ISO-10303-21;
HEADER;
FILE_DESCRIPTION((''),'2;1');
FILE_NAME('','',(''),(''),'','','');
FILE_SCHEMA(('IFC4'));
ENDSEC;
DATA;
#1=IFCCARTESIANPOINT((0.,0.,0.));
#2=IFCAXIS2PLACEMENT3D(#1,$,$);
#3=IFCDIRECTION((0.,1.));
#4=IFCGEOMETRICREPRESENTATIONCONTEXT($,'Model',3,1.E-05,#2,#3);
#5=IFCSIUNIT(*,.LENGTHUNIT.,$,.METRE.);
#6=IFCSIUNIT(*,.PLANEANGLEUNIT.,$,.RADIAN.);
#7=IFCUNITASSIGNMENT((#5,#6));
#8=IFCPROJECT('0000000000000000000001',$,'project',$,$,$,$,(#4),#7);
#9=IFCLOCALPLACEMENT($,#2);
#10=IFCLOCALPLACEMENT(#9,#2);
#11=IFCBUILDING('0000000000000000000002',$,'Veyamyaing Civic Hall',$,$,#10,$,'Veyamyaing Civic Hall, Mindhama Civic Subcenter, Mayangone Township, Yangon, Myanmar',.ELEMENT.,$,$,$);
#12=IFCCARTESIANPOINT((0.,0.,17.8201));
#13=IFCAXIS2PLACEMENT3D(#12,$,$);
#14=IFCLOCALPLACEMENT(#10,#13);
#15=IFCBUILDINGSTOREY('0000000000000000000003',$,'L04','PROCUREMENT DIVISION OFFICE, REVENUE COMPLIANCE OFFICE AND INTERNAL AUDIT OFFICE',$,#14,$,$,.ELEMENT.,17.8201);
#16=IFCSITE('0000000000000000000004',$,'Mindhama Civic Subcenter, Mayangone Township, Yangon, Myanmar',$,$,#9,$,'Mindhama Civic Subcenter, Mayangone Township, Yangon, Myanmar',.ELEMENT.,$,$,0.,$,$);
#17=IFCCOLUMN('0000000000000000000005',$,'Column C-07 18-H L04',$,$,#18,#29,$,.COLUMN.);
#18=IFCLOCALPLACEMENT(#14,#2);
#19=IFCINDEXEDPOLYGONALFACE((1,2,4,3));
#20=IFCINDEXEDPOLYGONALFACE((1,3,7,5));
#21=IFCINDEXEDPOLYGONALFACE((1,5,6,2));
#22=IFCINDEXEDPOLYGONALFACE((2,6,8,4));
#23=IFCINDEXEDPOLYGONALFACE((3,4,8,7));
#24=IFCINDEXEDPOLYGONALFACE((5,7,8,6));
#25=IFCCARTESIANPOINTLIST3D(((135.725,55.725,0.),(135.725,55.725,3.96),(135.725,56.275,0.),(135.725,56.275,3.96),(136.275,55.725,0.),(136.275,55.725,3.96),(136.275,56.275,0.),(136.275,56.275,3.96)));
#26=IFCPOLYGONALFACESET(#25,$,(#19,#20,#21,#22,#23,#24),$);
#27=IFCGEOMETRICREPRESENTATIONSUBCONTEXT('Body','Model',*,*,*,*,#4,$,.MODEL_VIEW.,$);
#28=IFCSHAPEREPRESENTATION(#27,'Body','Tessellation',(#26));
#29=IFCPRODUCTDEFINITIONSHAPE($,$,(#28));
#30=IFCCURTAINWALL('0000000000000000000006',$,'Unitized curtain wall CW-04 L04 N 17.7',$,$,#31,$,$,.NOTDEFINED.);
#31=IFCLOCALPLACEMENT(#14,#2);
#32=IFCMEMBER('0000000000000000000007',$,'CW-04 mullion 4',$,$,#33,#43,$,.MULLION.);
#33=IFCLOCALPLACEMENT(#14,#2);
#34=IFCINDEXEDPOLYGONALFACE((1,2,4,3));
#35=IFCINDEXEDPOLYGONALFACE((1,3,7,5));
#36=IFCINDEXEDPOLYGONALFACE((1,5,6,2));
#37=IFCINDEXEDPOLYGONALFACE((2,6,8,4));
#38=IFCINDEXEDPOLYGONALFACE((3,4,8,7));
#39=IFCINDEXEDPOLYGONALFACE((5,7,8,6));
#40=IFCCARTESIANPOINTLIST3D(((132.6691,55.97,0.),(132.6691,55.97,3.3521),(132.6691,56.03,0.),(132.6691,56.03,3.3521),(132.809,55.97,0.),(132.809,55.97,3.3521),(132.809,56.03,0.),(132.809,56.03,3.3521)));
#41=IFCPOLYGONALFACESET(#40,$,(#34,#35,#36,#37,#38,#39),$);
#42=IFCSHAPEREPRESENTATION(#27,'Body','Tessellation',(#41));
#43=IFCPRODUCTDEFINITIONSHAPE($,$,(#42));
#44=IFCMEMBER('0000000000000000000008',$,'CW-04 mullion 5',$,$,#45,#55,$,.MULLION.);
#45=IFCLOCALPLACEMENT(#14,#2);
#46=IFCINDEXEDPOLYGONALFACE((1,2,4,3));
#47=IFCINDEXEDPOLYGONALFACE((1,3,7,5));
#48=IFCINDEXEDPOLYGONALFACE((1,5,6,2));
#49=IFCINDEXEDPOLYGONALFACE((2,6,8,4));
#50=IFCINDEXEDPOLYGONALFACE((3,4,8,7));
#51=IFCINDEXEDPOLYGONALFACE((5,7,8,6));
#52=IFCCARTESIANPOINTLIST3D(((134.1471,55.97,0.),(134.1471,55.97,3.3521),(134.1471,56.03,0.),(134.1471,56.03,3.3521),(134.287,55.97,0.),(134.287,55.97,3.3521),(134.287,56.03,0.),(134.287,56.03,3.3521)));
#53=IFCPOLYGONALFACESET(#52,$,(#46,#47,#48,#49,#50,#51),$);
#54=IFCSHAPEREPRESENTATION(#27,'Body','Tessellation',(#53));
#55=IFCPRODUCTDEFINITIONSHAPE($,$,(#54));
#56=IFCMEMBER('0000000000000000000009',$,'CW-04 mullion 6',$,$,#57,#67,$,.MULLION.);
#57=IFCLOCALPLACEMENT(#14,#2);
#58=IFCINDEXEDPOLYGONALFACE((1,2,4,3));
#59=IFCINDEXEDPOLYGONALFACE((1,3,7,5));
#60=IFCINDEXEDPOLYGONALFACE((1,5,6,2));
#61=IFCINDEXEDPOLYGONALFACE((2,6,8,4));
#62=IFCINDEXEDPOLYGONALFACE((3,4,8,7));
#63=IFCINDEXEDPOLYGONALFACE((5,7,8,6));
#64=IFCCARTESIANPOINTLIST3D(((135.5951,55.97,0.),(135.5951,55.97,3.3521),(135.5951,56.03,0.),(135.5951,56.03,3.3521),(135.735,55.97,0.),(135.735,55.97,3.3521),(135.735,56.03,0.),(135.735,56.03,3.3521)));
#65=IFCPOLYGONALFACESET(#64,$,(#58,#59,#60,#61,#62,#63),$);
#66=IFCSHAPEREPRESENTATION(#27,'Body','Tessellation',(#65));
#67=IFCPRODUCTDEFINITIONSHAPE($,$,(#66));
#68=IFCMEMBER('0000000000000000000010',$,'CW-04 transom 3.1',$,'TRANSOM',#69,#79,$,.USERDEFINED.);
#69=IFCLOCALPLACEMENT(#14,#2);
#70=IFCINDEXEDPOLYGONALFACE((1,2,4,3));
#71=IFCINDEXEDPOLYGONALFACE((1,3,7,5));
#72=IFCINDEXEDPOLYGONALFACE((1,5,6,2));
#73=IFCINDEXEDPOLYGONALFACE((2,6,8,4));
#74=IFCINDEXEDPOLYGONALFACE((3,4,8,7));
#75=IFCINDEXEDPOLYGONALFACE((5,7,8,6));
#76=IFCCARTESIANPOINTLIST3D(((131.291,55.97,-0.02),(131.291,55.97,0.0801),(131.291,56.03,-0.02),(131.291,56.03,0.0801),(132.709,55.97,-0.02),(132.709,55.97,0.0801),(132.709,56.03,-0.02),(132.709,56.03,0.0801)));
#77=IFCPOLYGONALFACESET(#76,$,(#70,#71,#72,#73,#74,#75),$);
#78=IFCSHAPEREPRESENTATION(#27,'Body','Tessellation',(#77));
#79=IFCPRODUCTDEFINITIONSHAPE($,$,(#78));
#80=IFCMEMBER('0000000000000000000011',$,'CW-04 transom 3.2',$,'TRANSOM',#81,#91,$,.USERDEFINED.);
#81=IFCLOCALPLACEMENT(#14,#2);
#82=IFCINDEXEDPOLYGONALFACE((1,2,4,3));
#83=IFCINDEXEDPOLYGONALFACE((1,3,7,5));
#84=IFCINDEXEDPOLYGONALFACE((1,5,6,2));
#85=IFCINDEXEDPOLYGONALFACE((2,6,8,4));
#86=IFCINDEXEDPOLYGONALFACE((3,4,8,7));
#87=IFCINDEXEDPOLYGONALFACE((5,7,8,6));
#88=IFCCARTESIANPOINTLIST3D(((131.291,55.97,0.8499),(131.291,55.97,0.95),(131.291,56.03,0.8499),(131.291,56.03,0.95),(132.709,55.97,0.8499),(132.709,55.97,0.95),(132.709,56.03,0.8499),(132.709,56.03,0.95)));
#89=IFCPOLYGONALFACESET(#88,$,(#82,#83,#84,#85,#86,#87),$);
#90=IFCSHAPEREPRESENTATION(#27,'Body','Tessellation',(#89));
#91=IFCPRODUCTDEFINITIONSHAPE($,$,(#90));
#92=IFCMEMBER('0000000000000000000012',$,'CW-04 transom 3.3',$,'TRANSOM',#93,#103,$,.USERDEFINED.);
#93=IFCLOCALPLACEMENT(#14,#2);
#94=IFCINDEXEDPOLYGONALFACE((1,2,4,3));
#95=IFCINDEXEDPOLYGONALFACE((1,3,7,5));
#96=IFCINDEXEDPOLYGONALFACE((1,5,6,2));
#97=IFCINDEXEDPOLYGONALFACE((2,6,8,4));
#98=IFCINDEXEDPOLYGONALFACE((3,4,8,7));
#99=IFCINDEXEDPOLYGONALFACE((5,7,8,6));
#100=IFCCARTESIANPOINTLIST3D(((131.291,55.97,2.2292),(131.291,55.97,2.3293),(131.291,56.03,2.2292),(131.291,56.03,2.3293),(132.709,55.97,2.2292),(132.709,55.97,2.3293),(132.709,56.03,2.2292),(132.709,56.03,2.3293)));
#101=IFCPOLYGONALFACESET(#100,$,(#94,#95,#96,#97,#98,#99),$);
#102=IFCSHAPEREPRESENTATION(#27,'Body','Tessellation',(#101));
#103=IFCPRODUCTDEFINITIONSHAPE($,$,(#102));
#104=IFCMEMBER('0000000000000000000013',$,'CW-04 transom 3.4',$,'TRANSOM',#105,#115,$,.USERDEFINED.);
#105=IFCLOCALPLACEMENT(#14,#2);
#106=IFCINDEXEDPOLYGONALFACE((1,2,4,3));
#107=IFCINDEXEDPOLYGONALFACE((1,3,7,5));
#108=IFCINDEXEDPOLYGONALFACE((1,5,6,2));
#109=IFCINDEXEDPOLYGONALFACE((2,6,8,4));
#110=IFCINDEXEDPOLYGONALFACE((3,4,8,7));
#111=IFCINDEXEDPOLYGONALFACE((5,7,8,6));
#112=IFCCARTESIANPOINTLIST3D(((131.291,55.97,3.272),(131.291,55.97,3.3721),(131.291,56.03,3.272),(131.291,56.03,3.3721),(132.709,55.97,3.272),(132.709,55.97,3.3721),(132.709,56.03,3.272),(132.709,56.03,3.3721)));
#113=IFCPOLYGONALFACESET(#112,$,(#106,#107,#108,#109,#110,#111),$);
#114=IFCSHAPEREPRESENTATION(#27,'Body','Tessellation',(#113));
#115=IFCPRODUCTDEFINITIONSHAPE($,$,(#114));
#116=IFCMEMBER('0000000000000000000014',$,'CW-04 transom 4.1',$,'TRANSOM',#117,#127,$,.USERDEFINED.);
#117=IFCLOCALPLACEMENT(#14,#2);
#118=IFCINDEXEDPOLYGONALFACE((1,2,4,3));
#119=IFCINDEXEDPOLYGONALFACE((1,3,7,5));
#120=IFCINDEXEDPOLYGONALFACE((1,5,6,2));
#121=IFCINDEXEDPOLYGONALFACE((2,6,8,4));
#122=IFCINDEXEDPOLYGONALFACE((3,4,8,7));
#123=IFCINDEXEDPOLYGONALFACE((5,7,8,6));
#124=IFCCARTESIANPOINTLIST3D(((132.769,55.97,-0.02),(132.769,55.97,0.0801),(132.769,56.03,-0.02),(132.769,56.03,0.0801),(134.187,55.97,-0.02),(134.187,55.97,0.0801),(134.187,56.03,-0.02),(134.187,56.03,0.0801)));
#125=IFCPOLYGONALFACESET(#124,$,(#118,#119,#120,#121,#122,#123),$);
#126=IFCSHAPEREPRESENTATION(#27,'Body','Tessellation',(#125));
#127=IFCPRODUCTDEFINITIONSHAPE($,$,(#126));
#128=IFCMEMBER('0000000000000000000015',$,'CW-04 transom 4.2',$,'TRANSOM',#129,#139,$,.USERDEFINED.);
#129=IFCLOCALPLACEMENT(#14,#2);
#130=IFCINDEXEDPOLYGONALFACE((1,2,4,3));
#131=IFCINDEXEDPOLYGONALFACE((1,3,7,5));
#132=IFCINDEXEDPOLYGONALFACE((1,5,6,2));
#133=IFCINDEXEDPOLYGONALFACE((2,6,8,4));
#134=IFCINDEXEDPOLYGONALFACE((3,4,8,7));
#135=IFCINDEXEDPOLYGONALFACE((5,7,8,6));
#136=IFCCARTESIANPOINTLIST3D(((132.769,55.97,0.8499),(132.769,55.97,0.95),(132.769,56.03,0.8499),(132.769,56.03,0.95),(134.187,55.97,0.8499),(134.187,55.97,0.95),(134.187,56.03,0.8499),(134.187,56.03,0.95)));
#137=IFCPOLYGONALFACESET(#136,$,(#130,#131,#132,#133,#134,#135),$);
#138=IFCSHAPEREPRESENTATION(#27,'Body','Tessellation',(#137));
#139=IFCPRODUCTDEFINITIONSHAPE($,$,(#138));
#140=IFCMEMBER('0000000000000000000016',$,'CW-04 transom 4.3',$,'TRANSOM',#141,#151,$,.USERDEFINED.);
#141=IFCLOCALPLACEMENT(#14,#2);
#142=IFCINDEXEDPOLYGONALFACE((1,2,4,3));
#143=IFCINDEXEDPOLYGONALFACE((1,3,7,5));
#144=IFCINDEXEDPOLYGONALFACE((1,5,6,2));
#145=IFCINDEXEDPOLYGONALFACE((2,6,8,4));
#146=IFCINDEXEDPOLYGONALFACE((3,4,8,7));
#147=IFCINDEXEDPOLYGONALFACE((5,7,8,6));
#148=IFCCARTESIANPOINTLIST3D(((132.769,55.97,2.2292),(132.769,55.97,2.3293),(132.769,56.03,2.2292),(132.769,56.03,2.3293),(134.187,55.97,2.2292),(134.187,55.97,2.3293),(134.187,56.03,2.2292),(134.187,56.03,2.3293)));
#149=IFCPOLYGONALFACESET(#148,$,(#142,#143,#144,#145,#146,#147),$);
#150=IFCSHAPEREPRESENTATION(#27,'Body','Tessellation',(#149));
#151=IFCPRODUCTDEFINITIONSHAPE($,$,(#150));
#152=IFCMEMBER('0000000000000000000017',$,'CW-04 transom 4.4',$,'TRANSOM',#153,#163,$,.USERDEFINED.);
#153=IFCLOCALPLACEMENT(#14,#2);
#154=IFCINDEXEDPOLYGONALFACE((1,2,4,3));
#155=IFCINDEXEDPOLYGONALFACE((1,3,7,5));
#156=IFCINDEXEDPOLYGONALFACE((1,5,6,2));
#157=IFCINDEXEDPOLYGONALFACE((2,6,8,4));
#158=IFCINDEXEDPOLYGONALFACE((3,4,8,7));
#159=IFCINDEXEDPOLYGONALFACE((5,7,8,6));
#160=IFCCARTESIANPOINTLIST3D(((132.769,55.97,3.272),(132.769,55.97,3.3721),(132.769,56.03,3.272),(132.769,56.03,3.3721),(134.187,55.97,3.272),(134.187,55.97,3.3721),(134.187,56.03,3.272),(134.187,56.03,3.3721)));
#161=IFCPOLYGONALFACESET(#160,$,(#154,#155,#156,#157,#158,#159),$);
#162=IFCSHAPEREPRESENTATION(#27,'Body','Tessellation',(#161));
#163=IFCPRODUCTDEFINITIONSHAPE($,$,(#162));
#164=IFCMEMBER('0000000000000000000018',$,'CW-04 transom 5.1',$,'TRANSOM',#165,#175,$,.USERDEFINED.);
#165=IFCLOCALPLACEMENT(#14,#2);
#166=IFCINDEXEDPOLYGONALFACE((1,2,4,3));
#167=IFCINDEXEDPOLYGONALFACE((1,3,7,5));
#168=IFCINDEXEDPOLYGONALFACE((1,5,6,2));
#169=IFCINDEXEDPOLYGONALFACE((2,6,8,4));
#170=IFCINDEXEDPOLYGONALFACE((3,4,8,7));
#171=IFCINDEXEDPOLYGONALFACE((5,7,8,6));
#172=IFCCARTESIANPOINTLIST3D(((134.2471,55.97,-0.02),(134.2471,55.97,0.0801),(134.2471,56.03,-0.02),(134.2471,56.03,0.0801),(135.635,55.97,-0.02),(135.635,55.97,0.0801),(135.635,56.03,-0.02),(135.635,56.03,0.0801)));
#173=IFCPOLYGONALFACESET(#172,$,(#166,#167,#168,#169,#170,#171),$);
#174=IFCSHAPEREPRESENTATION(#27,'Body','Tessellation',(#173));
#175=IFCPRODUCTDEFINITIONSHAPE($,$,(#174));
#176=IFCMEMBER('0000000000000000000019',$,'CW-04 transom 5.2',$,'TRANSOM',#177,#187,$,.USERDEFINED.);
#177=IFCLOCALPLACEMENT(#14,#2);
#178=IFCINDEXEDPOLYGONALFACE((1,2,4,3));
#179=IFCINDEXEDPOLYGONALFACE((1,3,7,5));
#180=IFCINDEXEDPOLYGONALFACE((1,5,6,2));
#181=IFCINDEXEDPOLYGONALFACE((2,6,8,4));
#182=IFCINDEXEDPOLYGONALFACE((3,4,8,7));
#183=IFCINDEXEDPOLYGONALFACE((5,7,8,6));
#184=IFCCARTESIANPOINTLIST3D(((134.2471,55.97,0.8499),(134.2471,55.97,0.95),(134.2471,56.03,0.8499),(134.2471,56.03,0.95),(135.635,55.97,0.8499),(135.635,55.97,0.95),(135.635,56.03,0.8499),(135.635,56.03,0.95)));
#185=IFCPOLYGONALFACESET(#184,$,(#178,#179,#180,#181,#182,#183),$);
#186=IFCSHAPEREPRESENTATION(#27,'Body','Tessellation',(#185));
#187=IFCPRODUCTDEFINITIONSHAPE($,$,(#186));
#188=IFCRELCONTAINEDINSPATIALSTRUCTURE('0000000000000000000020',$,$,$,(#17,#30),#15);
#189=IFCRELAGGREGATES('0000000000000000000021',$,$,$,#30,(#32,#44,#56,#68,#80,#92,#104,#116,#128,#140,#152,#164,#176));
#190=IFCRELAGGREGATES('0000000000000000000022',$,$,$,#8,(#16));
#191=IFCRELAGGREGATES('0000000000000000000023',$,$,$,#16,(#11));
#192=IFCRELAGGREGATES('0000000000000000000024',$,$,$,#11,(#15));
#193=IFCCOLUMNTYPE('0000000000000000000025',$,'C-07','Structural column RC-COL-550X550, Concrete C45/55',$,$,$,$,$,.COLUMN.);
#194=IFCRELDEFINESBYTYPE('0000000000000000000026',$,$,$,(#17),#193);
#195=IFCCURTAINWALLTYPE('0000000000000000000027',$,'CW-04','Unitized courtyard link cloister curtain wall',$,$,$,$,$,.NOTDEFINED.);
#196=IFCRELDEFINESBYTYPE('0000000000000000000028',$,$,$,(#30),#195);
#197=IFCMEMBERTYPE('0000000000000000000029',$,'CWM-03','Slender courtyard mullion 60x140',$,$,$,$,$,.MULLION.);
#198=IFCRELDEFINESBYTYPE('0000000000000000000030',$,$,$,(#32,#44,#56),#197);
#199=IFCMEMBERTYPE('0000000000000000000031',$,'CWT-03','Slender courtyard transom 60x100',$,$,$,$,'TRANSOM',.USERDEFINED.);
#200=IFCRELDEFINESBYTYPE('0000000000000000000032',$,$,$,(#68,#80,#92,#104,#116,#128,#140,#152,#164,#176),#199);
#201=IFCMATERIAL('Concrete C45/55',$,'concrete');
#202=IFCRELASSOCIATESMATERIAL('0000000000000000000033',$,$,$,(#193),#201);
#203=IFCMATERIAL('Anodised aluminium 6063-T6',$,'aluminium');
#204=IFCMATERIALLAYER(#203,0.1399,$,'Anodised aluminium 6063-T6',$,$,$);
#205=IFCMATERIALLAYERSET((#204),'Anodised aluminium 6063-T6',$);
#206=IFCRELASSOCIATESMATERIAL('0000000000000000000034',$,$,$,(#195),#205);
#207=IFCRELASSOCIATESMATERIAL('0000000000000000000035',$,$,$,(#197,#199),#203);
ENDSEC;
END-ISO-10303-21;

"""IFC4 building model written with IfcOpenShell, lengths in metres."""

from ifc_helpers import new_model, si_unit, direction, frame, origin, origin_2d, place, context, subcontext, project, spatial, rectangle, extrude, material, layer, layer_set, material_profile, profile_set, type_object, element, aggregate, save


model = new_model("IFC4")

# Units and contexts
model_context = context("Model", 3, precision=1e-05, world=origin(), true_north=direction((0.0, 1.0)))
body_context = subcontext(model_context, "Body", "Model", "MODEL_VIEW")
ifc_project = project(units=[si_unit("LENGTHUNIT", "METRE"), si_unit("PLANEANGLEUNIT", "RADIAN")], contexts=[model_context])

# Site, building, storey
site_placement = place(None, origin())
site = spatial("IfcSite", under=ifc_project, at=site_placement, Name="Mindhama Civic Subcenter, Mayangone Township, Yangon, Myanmar", LongName="Mindhama Civic Subcenter, Mayangone Township, Yangon, Myanmar", CompositionType="ELEMENT", RefElevation=0.0)
building_placement = place(site_placement, origin())
building = spatial("IfcBuilding", under=site, at=building_placement, Name="Veyamyaing Civic Hall", LongName="Veyamyaing Civic Hall, Mindhama Civic Subcenter, Mayangone Township, Yangon, Myanmar", CompositionType="ELEMENT")
storey_placement = place(building_placement, frame((0.0, 0.0, 17.8201)))
storey = spatial("IfcBuildingStorey", under=building, at=storey_placement, Name="L04", Description="PROCUREMENT DIVISION OFFICE, REVENUE COMPLIANCE OFFICE AND INTERNAL AUDIT OFFICE", CompositionType="ELEMENT", Elevation=17.8201)

# Column
ifc_material_1 = material(Name="Concrete C45/55", Category="concrete")
ifc_material_profile_1 = material_profile(ifc_material_1, rectangle(XDim=0.55, YDim=0.55, at=origin_2d()), Name="RC-COL-550X550")
ifc_profile_set_1 = profile_set([ifc_material_profile_1], Name="Concrete C45/55")
column_type = type_object("IfcColumnType", Name="C-07", Description="Structural column RC-COL-550X550, Concrete C45/55", PredefinedType="COLUMN", material=ifc_profile_set_1)
column_placement = place(storey_placement, frame((136.0, 56.0, 0.0), z_axis=(0.0, 0.0, 1.0), x_axis=(1.0, 0.0, 0.0)))
element("IfcColumn", 1, at=column_placement, inside=storey, type_object=column_type, Name="Column C-07 18-H L04", PredefinedType="COLUMN", context=body_context, shape_type="SweptSolid", body=[
    extrude(rectangle(XDim=0.55, YDim=0.55, at=origin_2d()), origin(), (0.0, 0.0, 1.0), 3.96),
])

# Curtain wall, members
ifc_material_2 = material(Name="Anodised aluminium 6063-T6", Category="aluminium")
ifc_layer_1 = layer(ifc_material_2, 0.1399, Name="Anodised aluminium 6063-T6")
ifc_layer_set_1 = layer_set([ifc_layer_1], Name="Anodised aluminium 6063-T6")
curtain_wall_type = type_object("IfcCurtainWallType", Name="CW-04", Description="Unitized courtyard link cloister curtain wall", PredefinedType="NOTDEFINED", material=ifc_layer_set_1)
curtain_wall_placement = place(storey_placement, origin())
curtain_wall = element("IfcCurtainWall", 2, at=curtain_wall_placement, inside=storey, type_object=curtain_wall_type, Name="Unitized curtain wall CW-04 L04 N 17.7", PredefinedType="NOTDEFINED")
ifc_material_profile_2 = material_profile(ifc_material_2, rectangle(XDim=0.0601, YDim=0.1399, at=origin_2d()), Name="ALU-MUL-60X140")
ifc_profile_set_2 = profile_set([ifc_material_profile_2], Name="Anodised aluminium 6063-T6")
member_type_1 = type_object("IfcMemberType", Name="CWM-03", Description="Slender courtyard mullion 60x140", PredefinedType="MULLION", material=ifc_profile_set_2)
member_1_placement = place(storey_placement, frame((132.739, 56.0, 0.0), z_axis=(0.0, 0.0, 1.0), x_axis=(0.0, 1.0, 0.0)))
member_1 = element("IfcMember", 3, at=member_1_placement, type_object=member_type_1, Name="CW-04 mullion 4", PredefinedType="MULLION", context=body_context, shape_type="SweptSolid", body=[
    extrude(rectangle(XDim=0.0601, YDim=0.1399, at=origin_2d()), origin(), (0.0, 0.0, 1.0), 3.3521),
])
member_2_placement = place(storey_placement, frame((134.217, 56.0, 0.0), z_axis=(0.0, 0.0, 1.0), x_axis=(0.0, 1.0, 0.0)))
member_2 = element("IfcMember", 4, at=member_2_placement, type_object=member_type_1, Name="CW-04 mullion 5", PredefinedType="MULLION", context=body_context, shape_type="SweptSolid", body=[
    extrude(rectangle(XDim=0.0601, YDim=0.1399, at=origin_2d()), origin(), (0.0, 0.0, 1.0), 3.3521),
])
member_3_placement = place(storey_placement, frame((135.665, 56.0, 0.0), z_axis=(0.0, 0.0, 1.0), x_axis=(0.0, 1.0, 0.0)))
member_3 = element("IfcMember", 5, at=member_3_placement, type_object=member_type_1, Name="CW-04 mullion 6", PredefinedType="MULLION", context=body_context, shape_type="SweptSolid", body=[
    extrude(rectangle(XDim=0.0601, YDim=0.1399, at=origin_2d()), origin(), (0.0, 0.0, 1.0), 3.3521),
])
ifc_material_profile_3 = material_profile(ifc_material_2, rectangle(XDim=0.0601, YDim=0.1001, at=origin_2d()), Name="ALU-TRN-60X100")
ifc_profile_set_3 = profile_set([ifc_material_profile_3], Name="Anodised aluminium 6063-T6")
member_type_2 = type_object("IfcMemberType", Name="CWT-03", Description="Slender courtyard transom 60x100", ElementType="TRANSOM", PredefinedType="USERDEFINED", material=ifc_profile_set_3)
member_4_placement = place(storey_placement, frame((131.291, 56.0, 0.03), z_axis=(1.0, 0.0, 0.0), x_axis=(0.0, 1.0, 0.0)))
member_4 = element("IfcMember", 6, at=member_4_placement, type_object=member_type_2, Name="CW-04 transom 3.1", ObjectType="TRANSOM", PredefinedType="USERDEFINED", context=body_context, shape_type="SweptSolid", body=[
    extrude(rectangle(XDim=0.0601, YDim=0.1001, at=origin_2d()), origin(), (0.0, 0.0, 1.0), 1.418),
])
member_5_placement = place(storey_placement, frame((131.291, 56.0, 0.8999), z_axis=(1.0, 0.0, 0.0), x_axis=(0.0, 1.0, 0.0)))
member_5 = element("IfcMember", 7, at=member_5_placement, type_object=member_type_2, Name="CW-04 transom 3.2", ObjectType="TRANSOM", PredefinedType="USERDEFINED", context=body_context, shape_type="SweptSolid", body=[
    extrude(rectangle(XDim=0.0601, YDim=0.1001, at=origin_2d()), origin(), (0.0, 0.0, 1.0), 1.418),
])
member_6_placement = place(storey_placement, frame((131.291, 56.0, 2.2793), z_axis=(1.0, 0.0, 0.0), x_axis=(0.0, 1.0, 0.0)))
member_6 = element("IfcMember", 8, at=member_6_placement, type_object=member_type_2, Name="CW-04 transom 3.3", ObjectType="TRANSOM", PredefinedType="USERDEFINED", context=body_context, shape_type="SweptSolid", body=[
    extrude(rectangle(XDim=0.0601, YDim=0.1001, at=origin_2d()), origin(), (0.0, 0.0, 1.0), 1.418),
])
member_7_placement = place(storey_placement, frame((131.291, 56.0, 3.322), z_axis=(1.0, 0.0, 0.0), x_axis=(0.0, 1.0, 0.0)))
member_7 = element("IfcMember", 9, at=member_7_placement, type_object=member_type_2, Name="CW-04 transom 3.4", ObjectType="TRANSOM", PredefinedType="USERDEFINED", context=body_context, shape_type="SweptSolid", body=[
    extrude(rectangle(XDim=0.0601, YDim=0.1001, at=origin_2d()), origin(), (0.0, 0.0, 1.0), 1.418),
])
member_8_placement = place(storey_placement, frame((132.769, 56.0, 0.03), z_axis=(1.0, 0.0, 0.0), x_axis=(0.0, 1.0, 0.0)))
member_8 = element("IfcMember", 10, at=member_8_placement, type_object=member_type_2, Name="CW-04 transom 4.1", ObjectType="TRANSOM", PredefinedType="USERDEFINED", context=body_context, shape_type="SweptSolid", body=[
    extrude(rectangle(XDim=0.0601, YDim=0.1001, at=origin_2d()), origin(), (0.0, 0.0, 1.0), 1.418),
])
member_9_placement = place(storey_placement, frame((132.769, 56.0, 0.8999), z_axis=(1.0, 0.0, 0.0), x_axis=(0.0, 1.0, 0.0)))
member_9 = element("IfcMember", 11, at=member_9_placement, type_object=member_type_2, Name="CW-04 transom 4.2", ObjectType="TRANSOM", PredefinedType="USERDEFINED", context=body_context, shape_type="SweptSolid", body=[
    extrude(rectangle(XDim=0.0601, YDim=0.1001, at=origin_2d()), origin(), (0.0, 0.0, 1.0), 1.418),
])
member_10_placement = place(storey_placement, frame((132.769, 56.0, 2.2793), z_axis=(1.0, 0.0, 0.0), x_axis=(0.0, 1.0, 0.0)))
member_10 = element("IfcMember", 12, at=member_10_placement, type_object=member_type_2, Name="CW-04 transom 4.3", ObjectType="TRANSOM", PredefinedType="USERDEFINED", context=body_context, shape_type="SweptSolid", body=[
    extrude(rectangle(XDim=0.0601, YDim=0.1001, at=origin_2d()), origin(), (0.0, 0.0, 1.0), 1.418),
])
member_11_placement = place(storey_placement, frame((132.769, 56.0, 3.322), z_axis=(1.0, 0.0, 0.0), x_axis=(0.0, 1.0, 0.0)))
member_11 = element("IfcMember", 13, at=member_11_placement, type_object=member_type_2, Name="CW-04 transom 4.4", ObjectType="TRANSOM", PredefinedType="USERDEFINED", context=body_context, shape_type="SweptSolid", body=[
    extrude(rectangle(XDim=0.0601, YDim=0.1001, at=origin_2d()), origin(), (0.0, 0.0, 1.0), 1.418),
])
member_12_placement = place(storey_placement, frame((134.2471, 56.0, 0.03), z_axis=(1.0, 0.0, 0.0), x_axis=(0.0, 1.0, 0.0)))
member_12 = element("IfcMember", 14, at=member_12_placement, type_object=member_type_2, Name="CW-04 transom 5.1", ObjectType="TRANSOM", PredefinedType="USERDEFINED", context=body_context, shape_type="SweptSolid", body=[
    extrude(rectangle(XDim=0.0601, YDim=0.1001, at=origin_2d()), origin(), (0.0, 0.0, 1.0), 1.3879),
])
member_13_placement = place(storey_placement, frame((134.2471, 56.0, 0.8999), z_axis=(1.0, 0.0, 0.0), x_axis=(0.0, 1.0, 0.0)))
member_13 = element("IfcMember", 15, at=member_13_placement, type_object=member_type_2, Name="CW-04 transom 5.2", ObjectType="TRANSOM", PredefinedType="USERDEFINED", context=body_context, shape_type="SweptSolid", body=[
    extrude(rectangle(XDim=0.0601, YDim=0.1001, at=origin_2d()), origin(), (0.0, 0.0, 1.0), 1.3879),
])

aggregate(curtain_wall, [member_1, member_2, member_3, member_4, member_5, member_6, member_7, member_8, member_9, member_10, member_11, member_12, member_13])

save(model, "model.ifc")
